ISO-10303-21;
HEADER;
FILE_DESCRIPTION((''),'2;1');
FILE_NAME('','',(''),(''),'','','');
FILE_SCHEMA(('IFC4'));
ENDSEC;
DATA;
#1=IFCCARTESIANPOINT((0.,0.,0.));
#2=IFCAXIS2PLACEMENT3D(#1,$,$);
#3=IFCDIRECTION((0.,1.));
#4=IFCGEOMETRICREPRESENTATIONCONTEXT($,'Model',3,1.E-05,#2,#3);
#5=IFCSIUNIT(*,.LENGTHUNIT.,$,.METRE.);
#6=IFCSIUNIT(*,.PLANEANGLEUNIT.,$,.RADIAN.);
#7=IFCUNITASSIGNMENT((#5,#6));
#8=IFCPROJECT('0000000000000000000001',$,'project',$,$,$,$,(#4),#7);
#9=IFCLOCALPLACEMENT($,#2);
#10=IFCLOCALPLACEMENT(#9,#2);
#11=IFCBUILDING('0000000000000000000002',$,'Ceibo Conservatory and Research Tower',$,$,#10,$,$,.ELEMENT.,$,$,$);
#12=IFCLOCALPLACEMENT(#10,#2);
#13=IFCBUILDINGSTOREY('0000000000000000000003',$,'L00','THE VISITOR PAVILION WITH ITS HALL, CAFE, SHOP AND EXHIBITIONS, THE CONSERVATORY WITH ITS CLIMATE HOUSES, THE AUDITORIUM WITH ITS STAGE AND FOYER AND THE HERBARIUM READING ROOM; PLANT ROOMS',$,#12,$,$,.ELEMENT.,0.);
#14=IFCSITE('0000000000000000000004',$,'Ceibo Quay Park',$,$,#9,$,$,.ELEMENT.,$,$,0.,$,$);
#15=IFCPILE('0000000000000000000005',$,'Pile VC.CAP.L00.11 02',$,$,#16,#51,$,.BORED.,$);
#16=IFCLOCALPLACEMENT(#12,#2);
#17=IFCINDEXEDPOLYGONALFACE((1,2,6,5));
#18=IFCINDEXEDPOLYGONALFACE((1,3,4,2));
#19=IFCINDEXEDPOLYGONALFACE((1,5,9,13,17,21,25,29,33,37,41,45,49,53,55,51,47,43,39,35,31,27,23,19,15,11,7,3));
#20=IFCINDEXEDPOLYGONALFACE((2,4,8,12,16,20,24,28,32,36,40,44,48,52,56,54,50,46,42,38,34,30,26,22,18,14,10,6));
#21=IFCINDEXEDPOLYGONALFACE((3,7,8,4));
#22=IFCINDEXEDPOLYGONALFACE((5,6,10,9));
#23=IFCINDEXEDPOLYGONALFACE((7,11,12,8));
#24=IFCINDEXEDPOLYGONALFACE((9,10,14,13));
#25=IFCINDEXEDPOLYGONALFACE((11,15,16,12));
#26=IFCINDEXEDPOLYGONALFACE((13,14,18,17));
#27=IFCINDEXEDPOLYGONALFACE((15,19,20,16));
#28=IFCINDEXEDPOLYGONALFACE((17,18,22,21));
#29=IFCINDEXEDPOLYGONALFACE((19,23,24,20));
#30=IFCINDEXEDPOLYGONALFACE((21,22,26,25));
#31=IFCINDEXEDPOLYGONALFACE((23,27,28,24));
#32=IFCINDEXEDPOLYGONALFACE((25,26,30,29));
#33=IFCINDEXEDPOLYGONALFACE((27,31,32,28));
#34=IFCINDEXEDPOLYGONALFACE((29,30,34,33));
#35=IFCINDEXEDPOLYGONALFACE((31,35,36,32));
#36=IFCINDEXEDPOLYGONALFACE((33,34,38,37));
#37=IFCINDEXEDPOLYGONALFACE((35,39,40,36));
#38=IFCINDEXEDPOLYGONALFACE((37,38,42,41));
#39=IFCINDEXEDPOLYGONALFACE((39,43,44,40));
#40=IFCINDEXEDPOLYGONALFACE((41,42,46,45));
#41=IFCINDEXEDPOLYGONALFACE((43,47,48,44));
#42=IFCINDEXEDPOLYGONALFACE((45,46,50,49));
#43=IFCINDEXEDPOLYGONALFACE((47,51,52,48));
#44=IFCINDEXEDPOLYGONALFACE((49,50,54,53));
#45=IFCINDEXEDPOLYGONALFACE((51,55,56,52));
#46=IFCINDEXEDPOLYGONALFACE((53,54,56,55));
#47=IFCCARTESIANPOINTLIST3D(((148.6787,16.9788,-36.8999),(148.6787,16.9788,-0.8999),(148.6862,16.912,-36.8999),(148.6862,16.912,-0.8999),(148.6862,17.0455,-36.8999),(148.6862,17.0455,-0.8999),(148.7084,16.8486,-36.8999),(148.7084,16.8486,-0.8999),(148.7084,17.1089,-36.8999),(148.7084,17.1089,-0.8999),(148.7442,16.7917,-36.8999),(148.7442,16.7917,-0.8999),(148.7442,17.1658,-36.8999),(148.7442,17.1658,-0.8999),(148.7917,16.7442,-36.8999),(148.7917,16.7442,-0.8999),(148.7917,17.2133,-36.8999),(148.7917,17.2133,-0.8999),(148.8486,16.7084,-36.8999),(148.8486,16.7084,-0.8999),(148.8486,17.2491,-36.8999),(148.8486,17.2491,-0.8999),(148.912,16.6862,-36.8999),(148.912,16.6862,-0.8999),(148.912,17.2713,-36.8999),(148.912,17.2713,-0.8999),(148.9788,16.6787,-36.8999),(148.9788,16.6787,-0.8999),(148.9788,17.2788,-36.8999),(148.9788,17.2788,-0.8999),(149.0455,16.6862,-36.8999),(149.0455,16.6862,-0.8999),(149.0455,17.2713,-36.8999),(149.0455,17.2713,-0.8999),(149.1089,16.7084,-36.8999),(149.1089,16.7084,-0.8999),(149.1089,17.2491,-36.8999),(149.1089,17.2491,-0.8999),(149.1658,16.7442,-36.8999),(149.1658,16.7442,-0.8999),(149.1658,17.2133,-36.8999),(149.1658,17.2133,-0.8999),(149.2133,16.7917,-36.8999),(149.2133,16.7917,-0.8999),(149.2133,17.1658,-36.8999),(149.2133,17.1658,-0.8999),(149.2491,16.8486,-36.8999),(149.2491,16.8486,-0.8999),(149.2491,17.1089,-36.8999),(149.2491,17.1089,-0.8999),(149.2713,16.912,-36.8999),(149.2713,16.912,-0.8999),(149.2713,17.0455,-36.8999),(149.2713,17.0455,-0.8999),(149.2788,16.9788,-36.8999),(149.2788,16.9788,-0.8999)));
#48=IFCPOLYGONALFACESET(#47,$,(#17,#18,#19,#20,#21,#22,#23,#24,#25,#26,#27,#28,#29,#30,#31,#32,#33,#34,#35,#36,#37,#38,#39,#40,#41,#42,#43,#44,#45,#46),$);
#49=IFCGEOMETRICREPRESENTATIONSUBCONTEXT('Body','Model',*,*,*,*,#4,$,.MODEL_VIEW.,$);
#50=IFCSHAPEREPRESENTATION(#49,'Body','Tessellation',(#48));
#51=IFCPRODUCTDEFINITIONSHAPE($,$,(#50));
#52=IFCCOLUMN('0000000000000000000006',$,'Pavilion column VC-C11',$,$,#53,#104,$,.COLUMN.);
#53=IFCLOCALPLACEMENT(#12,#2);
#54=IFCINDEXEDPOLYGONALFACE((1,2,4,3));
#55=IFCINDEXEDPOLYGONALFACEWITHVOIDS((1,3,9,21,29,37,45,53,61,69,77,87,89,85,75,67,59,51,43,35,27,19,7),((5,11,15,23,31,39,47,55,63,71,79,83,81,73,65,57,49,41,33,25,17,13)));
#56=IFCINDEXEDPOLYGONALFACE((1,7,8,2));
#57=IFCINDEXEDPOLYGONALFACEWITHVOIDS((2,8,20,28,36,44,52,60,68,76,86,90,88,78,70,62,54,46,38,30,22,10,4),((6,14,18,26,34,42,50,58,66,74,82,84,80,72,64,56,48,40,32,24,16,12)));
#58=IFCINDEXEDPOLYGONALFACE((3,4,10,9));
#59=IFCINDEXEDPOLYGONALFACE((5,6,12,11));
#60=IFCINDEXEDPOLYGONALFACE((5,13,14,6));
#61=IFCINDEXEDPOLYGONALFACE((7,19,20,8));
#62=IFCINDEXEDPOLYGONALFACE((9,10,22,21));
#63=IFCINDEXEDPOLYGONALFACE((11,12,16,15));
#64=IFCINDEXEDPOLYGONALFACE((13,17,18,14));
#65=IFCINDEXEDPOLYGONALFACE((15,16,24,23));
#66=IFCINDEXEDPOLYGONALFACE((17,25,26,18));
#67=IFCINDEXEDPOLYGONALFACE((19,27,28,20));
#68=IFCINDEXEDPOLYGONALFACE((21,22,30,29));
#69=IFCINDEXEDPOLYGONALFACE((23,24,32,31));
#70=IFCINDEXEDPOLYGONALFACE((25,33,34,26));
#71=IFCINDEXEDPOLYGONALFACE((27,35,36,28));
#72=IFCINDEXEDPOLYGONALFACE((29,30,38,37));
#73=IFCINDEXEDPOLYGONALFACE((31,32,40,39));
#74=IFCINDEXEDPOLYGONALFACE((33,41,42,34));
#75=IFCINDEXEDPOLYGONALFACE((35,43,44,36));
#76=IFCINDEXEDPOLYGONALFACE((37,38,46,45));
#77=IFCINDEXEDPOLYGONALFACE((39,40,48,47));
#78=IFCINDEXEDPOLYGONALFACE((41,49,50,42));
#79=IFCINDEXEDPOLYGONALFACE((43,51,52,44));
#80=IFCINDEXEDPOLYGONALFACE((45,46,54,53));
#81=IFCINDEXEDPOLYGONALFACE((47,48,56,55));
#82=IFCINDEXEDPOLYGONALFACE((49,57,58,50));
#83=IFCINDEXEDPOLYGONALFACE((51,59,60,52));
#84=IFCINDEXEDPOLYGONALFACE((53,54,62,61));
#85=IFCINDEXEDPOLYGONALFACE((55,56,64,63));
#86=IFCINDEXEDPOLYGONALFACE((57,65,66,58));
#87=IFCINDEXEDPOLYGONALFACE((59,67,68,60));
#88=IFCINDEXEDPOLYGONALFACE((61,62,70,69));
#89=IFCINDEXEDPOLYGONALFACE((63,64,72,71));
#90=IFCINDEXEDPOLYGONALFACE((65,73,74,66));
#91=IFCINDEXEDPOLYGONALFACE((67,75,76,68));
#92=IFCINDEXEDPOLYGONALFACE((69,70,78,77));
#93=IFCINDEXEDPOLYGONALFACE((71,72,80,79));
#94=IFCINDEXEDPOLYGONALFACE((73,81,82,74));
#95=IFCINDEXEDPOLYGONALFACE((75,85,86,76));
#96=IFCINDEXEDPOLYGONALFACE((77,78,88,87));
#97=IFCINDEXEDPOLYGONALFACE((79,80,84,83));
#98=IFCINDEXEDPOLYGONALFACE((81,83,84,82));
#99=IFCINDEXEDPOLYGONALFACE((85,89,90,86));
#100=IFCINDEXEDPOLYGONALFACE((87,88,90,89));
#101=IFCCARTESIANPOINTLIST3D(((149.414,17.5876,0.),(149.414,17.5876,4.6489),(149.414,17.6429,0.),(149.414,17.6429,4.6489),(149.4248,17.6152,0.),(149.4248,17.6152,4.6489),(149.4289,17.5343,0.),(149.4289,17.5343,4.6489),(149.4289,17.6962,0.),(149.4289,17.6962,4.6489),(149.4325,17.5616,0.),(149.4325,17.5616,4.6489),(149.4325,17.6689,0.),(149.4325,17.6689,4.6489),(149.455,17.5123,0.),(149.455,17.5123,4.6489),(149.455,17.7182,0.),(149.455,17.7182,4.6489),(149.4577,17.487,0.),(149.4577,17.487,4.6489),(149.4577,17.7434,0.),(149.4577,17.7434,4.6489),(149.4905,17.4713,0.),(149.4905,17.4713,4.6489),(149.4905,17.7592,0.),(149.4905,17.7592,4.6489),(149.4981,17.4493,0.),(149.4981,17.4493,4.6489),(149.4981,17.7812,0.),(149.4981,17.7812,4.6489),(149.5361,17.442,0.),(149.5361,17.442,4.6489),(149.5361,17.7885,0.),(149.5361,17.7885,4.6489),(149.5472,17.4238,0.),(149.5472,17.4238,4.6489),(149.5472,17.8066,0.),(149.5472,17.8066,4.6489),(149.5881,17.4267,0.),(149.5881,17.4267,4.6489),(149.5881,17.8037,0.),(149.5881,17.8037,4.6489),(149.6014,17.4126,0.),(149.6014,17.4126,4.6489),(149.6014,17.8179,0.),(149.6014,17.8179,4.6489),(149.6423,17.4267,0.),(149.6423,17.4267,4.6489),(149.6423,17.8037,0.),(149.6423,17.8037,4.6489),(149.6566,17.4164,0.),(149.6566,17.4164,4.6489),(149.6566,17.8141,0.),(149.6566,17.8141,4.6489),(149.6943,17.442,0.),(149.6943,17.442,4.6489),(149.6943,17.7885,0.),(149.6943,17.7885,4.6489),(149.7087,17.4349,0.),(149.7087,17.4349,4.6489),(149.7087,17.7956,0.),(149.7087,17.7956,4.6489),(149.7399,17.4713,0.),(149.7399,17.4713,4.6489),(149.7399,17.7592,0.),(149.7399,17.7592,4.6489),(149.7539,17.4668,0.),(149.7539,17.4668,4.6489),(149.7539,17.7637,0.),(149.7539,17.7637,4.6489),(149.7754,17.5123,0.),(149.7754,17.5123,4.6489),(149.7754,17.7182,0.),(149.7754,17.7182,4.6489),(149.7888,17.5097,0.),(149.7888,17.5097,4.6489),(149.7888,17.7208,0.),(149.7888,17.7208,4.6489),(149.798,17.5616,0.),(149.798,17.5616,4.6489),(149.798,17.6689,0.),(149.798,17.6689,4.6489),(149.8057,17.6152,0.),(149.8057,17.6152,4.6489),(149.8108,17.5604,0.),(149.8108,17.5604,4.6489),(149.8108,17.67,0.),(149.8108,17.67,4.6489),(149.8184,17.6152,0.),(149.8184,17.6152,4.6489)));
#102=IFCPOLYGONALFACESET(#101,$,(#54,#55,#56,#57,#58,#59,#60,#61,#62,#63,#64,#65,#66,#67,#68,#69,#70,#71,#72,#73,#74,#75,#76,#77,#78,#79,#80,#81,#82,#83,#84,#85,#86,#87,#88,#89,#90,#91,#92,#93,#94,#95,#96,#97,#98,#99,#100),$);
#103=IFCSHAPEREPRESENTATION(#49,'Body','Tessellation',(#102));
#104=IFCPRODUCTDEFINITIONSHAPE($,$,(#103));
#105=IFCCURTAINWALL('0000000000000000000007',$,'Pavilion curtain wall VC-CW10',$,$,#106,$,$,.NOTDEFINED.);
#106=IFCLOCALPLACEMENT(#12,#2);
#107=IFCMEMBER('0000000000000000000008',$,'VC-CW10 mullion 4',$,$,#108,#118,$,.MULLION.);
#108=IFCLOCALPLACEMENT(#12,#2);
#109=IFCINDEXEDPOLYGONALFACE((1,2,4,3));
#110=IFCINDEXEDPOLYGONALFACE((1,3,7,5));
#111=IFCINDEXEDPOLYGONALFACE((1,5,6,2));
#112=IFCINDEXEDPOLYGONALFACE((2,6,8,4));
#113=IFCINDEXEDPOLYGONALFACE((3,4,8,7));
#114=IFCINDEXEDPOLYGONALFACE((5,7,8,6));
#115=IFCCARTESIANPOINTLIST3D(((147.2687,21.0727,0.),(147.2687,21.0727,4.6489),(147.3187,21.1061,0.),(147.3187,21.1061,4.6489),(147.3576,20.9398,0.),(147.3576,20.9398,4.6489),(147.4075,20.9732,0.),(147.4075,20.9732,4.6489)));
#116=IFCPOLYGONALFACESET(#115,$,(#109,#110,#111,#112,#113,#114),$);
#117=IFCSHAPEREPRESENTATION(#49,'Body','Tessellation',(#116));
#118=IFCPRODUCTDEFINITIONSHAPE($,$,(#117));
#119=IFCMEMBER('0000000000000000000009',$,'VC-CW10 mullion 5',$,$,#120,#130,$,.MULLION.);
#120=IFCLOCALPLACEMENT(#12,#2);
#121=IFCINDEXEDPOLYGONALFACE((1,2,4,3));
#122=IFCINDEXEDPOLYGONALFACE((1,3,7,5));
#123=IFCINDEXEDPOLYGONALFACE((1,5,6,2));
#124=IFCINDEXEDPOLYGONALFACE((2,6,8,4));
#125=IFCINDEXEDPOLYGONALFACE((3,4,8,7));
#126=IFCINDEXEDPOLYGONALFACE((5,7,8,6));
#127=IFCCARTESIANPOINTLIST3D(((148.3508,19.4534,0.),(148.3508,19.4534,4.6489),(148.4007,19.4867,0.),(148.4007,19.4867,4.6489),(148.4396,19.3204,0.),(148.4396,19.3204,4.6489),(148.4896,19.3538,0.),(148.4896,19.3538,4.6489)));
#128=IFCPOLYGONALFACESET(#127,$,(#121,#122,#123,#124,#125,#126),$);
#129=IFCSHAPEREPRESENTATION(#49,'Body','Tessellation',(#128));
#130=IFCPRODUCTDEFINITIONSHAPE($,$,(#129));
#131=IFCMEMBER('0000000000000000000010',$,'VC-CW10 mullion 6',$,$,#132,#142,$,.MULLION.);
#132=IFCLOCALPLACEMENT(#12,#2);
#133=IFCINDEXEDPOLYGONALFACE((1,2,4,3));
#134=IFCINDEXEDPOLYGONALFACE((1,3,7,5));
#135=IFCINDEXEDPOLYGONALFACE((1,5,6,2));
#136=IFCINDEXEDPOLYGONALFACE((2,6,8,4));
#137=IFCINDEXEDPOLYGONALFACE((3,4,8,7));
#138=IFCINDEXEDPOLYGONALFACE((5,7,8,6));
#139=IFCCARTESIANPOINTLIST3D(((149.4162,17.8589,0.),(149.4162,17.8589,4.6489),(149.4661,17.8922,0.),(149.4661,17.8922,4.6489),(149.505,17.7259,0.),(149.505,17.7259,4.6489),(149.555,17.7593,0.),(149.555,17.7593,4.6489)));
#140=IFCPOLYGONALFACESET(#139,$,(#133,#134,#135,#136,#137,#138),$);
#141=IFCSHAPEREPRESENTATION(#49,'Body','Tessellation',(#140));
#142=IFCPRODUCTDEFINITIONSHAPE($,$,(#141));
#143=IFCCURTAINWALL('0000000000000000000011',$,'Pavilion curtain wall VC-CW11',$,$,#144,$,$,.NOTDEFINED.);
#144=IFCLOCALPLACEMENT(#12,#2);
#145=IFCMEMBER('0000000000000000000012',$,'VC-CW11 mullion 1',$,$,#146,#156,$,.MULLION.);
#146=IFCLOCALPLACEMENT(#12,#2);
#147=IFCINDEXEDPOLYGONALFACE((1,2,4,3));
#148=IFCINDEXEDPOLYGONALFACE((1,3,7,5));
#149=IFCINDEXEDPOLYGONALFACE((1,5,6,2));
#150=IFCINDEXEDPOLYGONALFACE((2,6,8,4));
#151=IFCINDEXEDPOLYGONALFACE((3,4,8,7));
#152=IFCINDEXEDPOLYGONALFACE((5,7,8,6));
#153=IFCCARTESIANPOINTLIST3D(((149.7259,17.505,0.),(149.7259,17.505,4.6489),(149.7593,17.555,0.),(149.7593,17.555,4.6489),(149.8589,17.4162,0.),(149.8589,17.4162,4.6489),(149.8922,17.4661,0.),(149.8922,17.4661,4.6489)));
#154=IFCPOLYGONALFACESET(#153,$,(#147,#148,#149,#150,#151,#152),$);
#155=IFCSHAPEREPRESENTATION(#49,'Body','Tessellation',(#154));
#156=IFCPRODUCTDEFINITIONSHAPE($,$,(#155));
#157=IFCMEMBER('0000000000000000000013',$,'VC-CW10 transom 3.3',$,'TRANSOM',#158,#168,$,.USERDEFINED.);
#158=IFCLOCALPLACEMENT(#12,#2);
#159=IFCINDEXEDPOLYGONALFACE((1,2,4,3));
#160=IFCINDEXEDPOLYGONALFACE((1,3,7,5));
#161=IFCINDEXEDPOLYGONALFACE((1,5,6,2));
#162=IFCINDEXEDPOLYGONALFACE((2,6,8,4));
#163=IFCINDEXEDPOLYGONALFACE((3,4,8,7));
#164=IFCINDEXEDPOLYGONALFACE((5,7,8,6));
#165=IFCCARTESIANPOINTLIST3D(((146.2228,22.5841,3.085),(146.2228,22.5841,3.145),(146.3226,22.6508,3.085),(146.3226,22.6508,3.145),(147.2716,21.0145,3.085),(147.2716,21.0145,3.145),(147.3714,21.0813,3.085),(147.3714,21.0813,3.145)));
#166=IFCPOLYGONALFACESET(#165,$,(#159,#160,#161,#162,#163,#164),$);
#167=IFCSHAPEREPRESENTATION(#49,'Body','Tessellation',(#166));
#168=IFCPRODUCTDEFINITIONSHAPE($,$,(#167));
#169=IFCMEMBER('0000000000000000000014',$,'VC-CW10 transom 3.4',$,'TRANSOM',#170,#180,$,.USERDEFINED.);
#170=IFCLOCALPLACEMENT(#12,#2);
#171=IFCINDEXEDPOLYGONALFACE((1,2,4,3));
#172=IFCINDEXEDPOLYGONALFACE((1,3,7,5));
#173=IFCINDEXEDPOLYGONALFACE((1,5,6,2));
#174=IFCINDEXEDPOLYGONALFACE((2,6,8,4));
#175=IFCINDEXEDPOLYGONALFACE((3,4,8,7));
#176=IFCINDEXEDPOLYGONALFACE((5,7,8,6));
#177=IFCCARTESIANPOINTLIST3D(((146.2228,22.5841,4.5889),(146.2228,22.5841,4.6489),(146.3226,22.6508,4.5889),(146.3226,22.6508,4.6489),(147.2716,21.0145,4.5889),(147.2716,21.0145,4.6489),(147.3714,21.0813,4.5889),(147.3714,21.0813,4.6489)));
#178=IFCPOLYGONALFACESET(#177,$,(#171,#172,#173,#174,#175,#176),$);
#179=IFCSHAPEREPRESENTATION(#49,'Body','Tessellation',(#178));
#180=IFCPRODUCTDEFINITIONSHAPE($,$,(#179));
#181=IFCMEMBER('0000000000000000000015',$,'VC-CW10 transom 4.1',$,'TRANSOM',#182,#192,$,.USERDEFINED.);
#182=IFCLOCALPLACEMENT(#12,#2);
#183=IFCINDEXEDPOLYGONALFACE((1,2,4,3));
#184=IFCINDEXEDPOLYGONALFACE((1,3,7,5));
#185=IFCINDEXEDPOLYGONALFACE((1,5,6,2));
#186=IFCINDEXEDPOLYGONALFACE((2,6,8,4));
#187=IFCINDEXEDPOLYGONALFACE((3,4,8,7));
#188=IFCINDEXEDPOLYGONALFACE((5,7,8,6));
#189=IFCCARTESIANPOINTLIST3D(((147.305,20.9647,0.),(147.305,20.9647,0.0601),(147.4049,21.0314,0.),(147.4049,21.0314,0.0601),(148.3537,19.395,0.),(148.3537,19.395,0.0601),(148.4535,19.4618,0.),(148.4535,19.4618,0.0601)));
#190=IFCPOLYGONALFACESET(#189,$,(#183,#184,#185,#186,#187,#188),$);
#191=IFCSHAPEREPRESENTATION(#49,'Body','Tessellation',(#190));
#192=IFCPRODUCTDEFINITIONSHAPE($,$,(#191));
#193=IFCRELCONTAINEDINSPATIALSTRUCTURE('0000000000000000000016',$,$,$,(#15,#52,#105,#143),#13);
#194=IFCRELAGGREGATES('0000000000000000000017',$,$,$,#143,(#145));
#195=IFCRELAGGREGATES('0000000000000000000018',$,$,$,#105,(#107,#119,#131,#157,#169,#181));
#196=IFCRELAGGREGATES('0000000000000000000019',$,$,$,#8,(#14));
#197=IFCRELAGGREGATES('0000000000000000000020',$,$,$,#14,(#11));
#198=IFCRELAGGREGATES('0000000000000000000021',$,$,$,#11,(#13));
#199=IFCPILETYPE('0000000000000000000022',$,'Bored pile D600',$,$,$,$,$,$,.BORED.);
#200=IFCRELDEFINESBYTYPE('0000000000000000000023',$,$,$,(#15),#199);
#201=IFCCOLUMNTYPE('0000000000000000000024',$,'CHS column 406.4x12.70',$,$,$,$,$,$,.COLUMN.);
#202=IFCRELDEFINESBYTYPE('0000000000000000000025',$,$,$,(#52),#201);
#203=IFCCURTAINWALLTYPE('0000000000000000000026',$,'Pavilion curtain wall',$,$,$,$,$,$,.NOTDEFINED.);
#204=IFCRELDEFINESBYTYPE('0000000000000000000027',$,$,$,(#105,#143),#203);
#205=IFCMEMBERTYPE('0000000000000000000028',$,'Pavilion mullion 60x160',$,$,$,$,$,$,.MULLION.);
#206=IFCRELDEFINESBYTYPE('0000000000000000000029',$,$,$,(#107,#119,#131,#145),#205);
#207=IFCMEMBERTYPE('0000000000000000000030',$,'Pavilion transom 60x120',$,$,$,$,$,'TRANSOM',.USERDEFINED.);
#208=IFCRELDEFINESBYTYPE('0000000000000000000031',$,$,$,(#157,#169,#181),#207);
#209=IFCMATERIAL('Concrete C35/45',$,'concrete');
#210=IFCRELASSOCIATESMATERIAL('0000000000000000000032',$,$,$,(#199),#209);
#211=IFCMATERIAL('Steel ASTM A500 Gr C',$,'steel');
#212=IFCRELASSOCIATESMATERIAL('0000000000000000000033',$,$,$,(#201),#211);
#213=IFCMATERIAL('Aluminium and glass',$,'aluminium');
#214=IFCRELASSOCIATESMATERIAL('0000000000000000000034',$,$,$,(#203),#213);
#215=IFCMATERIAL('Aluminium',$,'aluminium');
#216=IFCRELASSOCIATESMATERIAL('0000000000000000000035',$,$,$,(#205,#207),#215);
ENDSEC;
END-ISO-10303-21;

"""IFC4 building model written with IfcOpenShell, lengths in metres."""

from ifc_helpers import new_model, si_unit, direction, frame, origin, origin_2d, place, context, subcontext, project, spatial, rectangle, circle, hollow_circle, extrude, material, material_profile, profile_set, type_object, element, aggregate, save


model = new_model("IFC4")

# Units and contexts
model_context = context("Model", 3, precision=1e-05, world=origin(), true_north=direction((0.0, 1.0)))
body_context = subcontext(model_context, "Body", "Model", "MODEL_VIEW")
ifc_project = project(units=[si_unit("LENGTHUNIT", "METRE"), si_unit("PLANEANGLEUNIT", "RADIAN")], contexts=[model_context])

# Site, building, storey
site_placement = place(None, origin())
site = spatial("IfcSite", under=ifc_project, at=site_placement, Name="Ceibo Quay Park", CompositionType="ELEMENT", RefElevation=0.0)
building_placement = place(site_placement, origin())
building = spatial("IfcBuilding", under=site, at=building_placement, Name="Ceibo Conservatory and Research Tower", CompositionType="ELEMENT")
storey_placement = place(building_placement, origin())
storey = spatial("IfcBuildingStorey", under=building, at=storey_placement, Name="L00", Description="THE VISITOR PAVILION WITH ITS HALL, CAFE, SHOP AND EXHIBITIONS, THE CONSERVATORY WITH ITS CLIMATE HOUSES, THE AUDITORIUM WITH ITS STAGE AND FOYER AND THE HERBARIUM READING ROOM; PLANT ROOMS", CompositionType="ELEMENT", Elevation=0.0)

# Pile
ifc_material_1 = material(Name="Concrete C35/45", Category="concrete")
ifc_material_profile_1 = material_profile(ifc_material_1, circle(Radius=0.3, at=origin_2d()), Name="RC D600")
ifc_profile_set_1 = profile_set([ifc_material_profile_1], Name="Concrete C35/45")
pile_type = type_object("IfcPileType", Name="Bored pile D600", PredefinedType="BORED", material=ifc_profile_set_1)
pile_placement = place(storey_placement, frame((148.9788, 16.9788, -0.8999), z_axis=(0.0, 0.0, -1.0), x_axis=(1.0, 0.0, 0.0)))
element("IfcPile", 1, at=pile_placement, inside=storey, type_object=pile_type, Name="Pile VC.CAP.L00.11 02", PredefinedType="BORED", context=body_context, shape_type="SweptSolid", body=[
    extrude(circle(Radius=0.3, at=origin_2d()), origin(), (0.0, 0.0, 1.0), 36.0),
])

# Column
ifc_material_2 = material(Name="Steel ASTM A500 Gr C", Category="steel")
ifc_material_profile_2 = material_profile(ifc_material_2, hollow_circle(Radius=0.2031, WallThickness=0.0127, at=origin_2d()), Name="CHS column 406.4x12.70")
ifc_profile_set_2 = profile_set([ifc_material_profile_2], Name="Steel ASTM A500 Gr C")
column_type = type_object("IfcColumnType", Name="CHS column 406.4x12.70", PredefinedType="COLUMN", material=ifc_profile_set_2)
column_placement = place(storey_placement, frame((149.6152, 17.6152, 0.0), z_axis=(0.0, 0.0, 1.0), x_axis=(1.0, 0.0, 0.0)))
element("IfcColumn", 2, at=column_placement, inside=storey, type_object=column_type, Name="Pavilion column VC-C11", PredefinedType="COLUMN", context=body_context, shape_type="SweptSolid", body=[
    extrude(hollow_circle(Radius=0.2031, WallThickness=0.0127, at=origin_2d()), origin(), (0.0, 0.0, 1.0), 4.6489),
])

# Curtain wall, members
ifc_material_3 = material(Name="Aluminium and glass", Category="aluminium")
curtain_wall_type = type_object("IfcCurtainWallType", Name="Pavilion curtain wall", PredefinedType="NOTDEFINED", material=ifc_material_3)
curtain_wall_1_placement = place(storey_placement, origin())
curtain_wall_1 = element("IfcCurtainWall", 3, at=curtain_wall_1_placement, inside=storey, type_object=curtain_wall_type, Name="Pavilion curtain wall VC-CW10", PredefinedType="NOTDEFINED")
ifc_material_4 = material(Name="Aluminium", Category="aluminium")
ifc_material_profile_3 = material_profile(ifc_material_4, rectangle(XDim=0.0601, YDim=0.1599, at=origin_2d()), Name="AL 60x160")
ifc_profile_set_3 = profile_set([ifc_material_profile_3], Name="Aluminium")
member_type_1 = type_object("IfcMemberType", Name="Pavilion mullion 60x160", PredefinedType="MULLION", material=ifc_profile_set_3)
member_1_placement = place(storey_placement, frame((147.3381, 21.0229, 0.0), z_axis=(0.0, 0.0, 1.0), x_axis=(0.83147, 0.55557, 0.0)))
member_1 = element("IfcMember", 4, at=member_1_placement, type_object=member_type_1, Name="VC-CW10 mullion 4", PredefinedType="MULLION", context=body_context, shape_type="SweptSolid", body=[
    extrude(rectangle(XDim=0.0601, YDim=0.1599, at=origin_2d()), origin(), (0.0, 0.0, 1.0), 4.6489),
])
member_2_placement = place(storey_placement, frame((148.4202, 19.4036, 0.0), z_axis=(0.0, 0.0, 1.0), x_axis=(0.83147, 0.55557, 0.0)))
member_2 = element("IfcMember", 5, at=member_2_placement, type_object=member_type_1, Name="VC-CW10 mullion 5", PredefinedType="MULLION", context=body_context, shape_type="SweptSolid", body=[
    extrude(rectangle(XDim=0.0601, YDim=0.1599, at=origin_2d()), origin(), (0.0, 0.0, 1.0), 4.6489),
])
member_3_placement = place(storey_placement, frame((149.4856, 17.8091, 0.0), z_axis=(0.0, 0.0, 1.0), x_axis=(0.83147, 0.55557, 0.0)))
member_3 = element("IfcMember", 6, at=member_3_placement, type_object=member_type_1, Name="VC-CW10 mullion 6", PredefinedType="MULLION", context=body_context, shape_type="SweptSolid", body=[
    extrude(rectangle(XDim=0.0601, YDim=0.1599, at=origin_2d()), origin(), (0.0, 0.0, 1.0), 4.6489),
])

# Curtain wall, member
curtain_wall_2_placement = place(storey_placement, origin())
curtain_wall_2 = element("IfcCurtainWall", 7, at=curtain_wall_2_placement, inside=storey, type_object=curtain_wall_type, Name="Pavilion curtain wall VC-CW11", PredefinedType="NOTDEFINED")
member_4_placement = place(storey_placement, frame((149.8091, 17.4856, 0.0), z_axis=(0.0, 0.0, 1.0), x_axis=(0.55557, 0.83147, 0.0)))
member_4 = element("IfcMember", 8, at=member_4_placement, type_object=member_type_1, Name="VC-CW11 mullion 1", PredefinedType="MULLION", context=body_context, shape_type="SweptSolid", body=[
    extrude(rectangle(XDim=0.0601, YDim=0.1599, at=origin_2d()), origin(), (0.0, 0.0, 1.0), 4.6489),
])

# Members
ifc_material_profile_4 = material_profile(ifc_material_4, rectangle(XDim=0.1201, YDim=0.0601, at=origin_2d()), Name="AL 60x120")
ifc_profile_set_4 = profile_set([ifc_material_profile_4], Name="Aluminium")
member_type_2 = type_object("IfcMemberType", Name="Pavilion transom 60x120", ElementType="TRANSOM", PredefinedType="USERDEFINED", material=ifc_profile_set_4)
member_5_placement = place(storey_placement, frame((146.2727, 22.6174, 3.115), z_axis=(0.555595, -0.831453, 0.0), x_axis=(0.831453, 0.555595, 0.0)))
member_5 = element("IfcMember", 9, at=member_5_placement, type_object=member_type_2, Name="VC-CW10 transom 3.3", ObjectType="TRANSOM", PredefinedType="USERDEFINED", context=body_context, shape_type="SweptSolid", body=[
    extrude(rectangle(XDim=0.1201, YDim=0.0601, at=origin_2d()), origin(), (0.0, 0.0, 1.0), 1.8877),
])
member_6_placement = place(storey_placement, frame((146.2727, 22.6174, 4.6189), z_axis=(0.555595, -0.831453, 0.0), x_axis=(0.831453, 0.555595, 0.0)))
member_6 = element("IfcMember", 10, at=member_6_placement, type_object=member_type_2, Name="VC-CW10 transom 3.4", ObjectType="TRANSOM", PredefinedType="USERDEFINED", context=body_context, shape_type="SweptSolid", body=[
    extrude(rectangle(XDim=0.1201, YDim=0.0601, at=origin_2d()), origin(), (0.0, 0.0, 1.0), 1.8877),
])
member_7_placement = place(storey_placement, frame((147.355, 20.998, 0.03), z_axis=(0.555506, -0.831513, 0.0), x_axis=(0.831513, 0.555506, 0.0)))
member_7 = element("IfcMember", 11, at=member_7_placement, type_object=member_type_2, Name="VC-CW10 transom 4.1", ObjectType="TRANSOM", PredefinedType="USERDEFINED", context=body_context, shape_type="SweptSolid", body=[
    extrude(rectangle(XDim=0.1201, YDim=0.0601, at=origin_2d()), origin(), (0.0, 0.0, 1.0), 1.8877),
])
aggregate(curtain_wall_2, [member_4])

aggregate(curtain_wall_1, [member_1, member_2, member_3, member_5, member_6, member_7])

save(model, "model.ifc")
